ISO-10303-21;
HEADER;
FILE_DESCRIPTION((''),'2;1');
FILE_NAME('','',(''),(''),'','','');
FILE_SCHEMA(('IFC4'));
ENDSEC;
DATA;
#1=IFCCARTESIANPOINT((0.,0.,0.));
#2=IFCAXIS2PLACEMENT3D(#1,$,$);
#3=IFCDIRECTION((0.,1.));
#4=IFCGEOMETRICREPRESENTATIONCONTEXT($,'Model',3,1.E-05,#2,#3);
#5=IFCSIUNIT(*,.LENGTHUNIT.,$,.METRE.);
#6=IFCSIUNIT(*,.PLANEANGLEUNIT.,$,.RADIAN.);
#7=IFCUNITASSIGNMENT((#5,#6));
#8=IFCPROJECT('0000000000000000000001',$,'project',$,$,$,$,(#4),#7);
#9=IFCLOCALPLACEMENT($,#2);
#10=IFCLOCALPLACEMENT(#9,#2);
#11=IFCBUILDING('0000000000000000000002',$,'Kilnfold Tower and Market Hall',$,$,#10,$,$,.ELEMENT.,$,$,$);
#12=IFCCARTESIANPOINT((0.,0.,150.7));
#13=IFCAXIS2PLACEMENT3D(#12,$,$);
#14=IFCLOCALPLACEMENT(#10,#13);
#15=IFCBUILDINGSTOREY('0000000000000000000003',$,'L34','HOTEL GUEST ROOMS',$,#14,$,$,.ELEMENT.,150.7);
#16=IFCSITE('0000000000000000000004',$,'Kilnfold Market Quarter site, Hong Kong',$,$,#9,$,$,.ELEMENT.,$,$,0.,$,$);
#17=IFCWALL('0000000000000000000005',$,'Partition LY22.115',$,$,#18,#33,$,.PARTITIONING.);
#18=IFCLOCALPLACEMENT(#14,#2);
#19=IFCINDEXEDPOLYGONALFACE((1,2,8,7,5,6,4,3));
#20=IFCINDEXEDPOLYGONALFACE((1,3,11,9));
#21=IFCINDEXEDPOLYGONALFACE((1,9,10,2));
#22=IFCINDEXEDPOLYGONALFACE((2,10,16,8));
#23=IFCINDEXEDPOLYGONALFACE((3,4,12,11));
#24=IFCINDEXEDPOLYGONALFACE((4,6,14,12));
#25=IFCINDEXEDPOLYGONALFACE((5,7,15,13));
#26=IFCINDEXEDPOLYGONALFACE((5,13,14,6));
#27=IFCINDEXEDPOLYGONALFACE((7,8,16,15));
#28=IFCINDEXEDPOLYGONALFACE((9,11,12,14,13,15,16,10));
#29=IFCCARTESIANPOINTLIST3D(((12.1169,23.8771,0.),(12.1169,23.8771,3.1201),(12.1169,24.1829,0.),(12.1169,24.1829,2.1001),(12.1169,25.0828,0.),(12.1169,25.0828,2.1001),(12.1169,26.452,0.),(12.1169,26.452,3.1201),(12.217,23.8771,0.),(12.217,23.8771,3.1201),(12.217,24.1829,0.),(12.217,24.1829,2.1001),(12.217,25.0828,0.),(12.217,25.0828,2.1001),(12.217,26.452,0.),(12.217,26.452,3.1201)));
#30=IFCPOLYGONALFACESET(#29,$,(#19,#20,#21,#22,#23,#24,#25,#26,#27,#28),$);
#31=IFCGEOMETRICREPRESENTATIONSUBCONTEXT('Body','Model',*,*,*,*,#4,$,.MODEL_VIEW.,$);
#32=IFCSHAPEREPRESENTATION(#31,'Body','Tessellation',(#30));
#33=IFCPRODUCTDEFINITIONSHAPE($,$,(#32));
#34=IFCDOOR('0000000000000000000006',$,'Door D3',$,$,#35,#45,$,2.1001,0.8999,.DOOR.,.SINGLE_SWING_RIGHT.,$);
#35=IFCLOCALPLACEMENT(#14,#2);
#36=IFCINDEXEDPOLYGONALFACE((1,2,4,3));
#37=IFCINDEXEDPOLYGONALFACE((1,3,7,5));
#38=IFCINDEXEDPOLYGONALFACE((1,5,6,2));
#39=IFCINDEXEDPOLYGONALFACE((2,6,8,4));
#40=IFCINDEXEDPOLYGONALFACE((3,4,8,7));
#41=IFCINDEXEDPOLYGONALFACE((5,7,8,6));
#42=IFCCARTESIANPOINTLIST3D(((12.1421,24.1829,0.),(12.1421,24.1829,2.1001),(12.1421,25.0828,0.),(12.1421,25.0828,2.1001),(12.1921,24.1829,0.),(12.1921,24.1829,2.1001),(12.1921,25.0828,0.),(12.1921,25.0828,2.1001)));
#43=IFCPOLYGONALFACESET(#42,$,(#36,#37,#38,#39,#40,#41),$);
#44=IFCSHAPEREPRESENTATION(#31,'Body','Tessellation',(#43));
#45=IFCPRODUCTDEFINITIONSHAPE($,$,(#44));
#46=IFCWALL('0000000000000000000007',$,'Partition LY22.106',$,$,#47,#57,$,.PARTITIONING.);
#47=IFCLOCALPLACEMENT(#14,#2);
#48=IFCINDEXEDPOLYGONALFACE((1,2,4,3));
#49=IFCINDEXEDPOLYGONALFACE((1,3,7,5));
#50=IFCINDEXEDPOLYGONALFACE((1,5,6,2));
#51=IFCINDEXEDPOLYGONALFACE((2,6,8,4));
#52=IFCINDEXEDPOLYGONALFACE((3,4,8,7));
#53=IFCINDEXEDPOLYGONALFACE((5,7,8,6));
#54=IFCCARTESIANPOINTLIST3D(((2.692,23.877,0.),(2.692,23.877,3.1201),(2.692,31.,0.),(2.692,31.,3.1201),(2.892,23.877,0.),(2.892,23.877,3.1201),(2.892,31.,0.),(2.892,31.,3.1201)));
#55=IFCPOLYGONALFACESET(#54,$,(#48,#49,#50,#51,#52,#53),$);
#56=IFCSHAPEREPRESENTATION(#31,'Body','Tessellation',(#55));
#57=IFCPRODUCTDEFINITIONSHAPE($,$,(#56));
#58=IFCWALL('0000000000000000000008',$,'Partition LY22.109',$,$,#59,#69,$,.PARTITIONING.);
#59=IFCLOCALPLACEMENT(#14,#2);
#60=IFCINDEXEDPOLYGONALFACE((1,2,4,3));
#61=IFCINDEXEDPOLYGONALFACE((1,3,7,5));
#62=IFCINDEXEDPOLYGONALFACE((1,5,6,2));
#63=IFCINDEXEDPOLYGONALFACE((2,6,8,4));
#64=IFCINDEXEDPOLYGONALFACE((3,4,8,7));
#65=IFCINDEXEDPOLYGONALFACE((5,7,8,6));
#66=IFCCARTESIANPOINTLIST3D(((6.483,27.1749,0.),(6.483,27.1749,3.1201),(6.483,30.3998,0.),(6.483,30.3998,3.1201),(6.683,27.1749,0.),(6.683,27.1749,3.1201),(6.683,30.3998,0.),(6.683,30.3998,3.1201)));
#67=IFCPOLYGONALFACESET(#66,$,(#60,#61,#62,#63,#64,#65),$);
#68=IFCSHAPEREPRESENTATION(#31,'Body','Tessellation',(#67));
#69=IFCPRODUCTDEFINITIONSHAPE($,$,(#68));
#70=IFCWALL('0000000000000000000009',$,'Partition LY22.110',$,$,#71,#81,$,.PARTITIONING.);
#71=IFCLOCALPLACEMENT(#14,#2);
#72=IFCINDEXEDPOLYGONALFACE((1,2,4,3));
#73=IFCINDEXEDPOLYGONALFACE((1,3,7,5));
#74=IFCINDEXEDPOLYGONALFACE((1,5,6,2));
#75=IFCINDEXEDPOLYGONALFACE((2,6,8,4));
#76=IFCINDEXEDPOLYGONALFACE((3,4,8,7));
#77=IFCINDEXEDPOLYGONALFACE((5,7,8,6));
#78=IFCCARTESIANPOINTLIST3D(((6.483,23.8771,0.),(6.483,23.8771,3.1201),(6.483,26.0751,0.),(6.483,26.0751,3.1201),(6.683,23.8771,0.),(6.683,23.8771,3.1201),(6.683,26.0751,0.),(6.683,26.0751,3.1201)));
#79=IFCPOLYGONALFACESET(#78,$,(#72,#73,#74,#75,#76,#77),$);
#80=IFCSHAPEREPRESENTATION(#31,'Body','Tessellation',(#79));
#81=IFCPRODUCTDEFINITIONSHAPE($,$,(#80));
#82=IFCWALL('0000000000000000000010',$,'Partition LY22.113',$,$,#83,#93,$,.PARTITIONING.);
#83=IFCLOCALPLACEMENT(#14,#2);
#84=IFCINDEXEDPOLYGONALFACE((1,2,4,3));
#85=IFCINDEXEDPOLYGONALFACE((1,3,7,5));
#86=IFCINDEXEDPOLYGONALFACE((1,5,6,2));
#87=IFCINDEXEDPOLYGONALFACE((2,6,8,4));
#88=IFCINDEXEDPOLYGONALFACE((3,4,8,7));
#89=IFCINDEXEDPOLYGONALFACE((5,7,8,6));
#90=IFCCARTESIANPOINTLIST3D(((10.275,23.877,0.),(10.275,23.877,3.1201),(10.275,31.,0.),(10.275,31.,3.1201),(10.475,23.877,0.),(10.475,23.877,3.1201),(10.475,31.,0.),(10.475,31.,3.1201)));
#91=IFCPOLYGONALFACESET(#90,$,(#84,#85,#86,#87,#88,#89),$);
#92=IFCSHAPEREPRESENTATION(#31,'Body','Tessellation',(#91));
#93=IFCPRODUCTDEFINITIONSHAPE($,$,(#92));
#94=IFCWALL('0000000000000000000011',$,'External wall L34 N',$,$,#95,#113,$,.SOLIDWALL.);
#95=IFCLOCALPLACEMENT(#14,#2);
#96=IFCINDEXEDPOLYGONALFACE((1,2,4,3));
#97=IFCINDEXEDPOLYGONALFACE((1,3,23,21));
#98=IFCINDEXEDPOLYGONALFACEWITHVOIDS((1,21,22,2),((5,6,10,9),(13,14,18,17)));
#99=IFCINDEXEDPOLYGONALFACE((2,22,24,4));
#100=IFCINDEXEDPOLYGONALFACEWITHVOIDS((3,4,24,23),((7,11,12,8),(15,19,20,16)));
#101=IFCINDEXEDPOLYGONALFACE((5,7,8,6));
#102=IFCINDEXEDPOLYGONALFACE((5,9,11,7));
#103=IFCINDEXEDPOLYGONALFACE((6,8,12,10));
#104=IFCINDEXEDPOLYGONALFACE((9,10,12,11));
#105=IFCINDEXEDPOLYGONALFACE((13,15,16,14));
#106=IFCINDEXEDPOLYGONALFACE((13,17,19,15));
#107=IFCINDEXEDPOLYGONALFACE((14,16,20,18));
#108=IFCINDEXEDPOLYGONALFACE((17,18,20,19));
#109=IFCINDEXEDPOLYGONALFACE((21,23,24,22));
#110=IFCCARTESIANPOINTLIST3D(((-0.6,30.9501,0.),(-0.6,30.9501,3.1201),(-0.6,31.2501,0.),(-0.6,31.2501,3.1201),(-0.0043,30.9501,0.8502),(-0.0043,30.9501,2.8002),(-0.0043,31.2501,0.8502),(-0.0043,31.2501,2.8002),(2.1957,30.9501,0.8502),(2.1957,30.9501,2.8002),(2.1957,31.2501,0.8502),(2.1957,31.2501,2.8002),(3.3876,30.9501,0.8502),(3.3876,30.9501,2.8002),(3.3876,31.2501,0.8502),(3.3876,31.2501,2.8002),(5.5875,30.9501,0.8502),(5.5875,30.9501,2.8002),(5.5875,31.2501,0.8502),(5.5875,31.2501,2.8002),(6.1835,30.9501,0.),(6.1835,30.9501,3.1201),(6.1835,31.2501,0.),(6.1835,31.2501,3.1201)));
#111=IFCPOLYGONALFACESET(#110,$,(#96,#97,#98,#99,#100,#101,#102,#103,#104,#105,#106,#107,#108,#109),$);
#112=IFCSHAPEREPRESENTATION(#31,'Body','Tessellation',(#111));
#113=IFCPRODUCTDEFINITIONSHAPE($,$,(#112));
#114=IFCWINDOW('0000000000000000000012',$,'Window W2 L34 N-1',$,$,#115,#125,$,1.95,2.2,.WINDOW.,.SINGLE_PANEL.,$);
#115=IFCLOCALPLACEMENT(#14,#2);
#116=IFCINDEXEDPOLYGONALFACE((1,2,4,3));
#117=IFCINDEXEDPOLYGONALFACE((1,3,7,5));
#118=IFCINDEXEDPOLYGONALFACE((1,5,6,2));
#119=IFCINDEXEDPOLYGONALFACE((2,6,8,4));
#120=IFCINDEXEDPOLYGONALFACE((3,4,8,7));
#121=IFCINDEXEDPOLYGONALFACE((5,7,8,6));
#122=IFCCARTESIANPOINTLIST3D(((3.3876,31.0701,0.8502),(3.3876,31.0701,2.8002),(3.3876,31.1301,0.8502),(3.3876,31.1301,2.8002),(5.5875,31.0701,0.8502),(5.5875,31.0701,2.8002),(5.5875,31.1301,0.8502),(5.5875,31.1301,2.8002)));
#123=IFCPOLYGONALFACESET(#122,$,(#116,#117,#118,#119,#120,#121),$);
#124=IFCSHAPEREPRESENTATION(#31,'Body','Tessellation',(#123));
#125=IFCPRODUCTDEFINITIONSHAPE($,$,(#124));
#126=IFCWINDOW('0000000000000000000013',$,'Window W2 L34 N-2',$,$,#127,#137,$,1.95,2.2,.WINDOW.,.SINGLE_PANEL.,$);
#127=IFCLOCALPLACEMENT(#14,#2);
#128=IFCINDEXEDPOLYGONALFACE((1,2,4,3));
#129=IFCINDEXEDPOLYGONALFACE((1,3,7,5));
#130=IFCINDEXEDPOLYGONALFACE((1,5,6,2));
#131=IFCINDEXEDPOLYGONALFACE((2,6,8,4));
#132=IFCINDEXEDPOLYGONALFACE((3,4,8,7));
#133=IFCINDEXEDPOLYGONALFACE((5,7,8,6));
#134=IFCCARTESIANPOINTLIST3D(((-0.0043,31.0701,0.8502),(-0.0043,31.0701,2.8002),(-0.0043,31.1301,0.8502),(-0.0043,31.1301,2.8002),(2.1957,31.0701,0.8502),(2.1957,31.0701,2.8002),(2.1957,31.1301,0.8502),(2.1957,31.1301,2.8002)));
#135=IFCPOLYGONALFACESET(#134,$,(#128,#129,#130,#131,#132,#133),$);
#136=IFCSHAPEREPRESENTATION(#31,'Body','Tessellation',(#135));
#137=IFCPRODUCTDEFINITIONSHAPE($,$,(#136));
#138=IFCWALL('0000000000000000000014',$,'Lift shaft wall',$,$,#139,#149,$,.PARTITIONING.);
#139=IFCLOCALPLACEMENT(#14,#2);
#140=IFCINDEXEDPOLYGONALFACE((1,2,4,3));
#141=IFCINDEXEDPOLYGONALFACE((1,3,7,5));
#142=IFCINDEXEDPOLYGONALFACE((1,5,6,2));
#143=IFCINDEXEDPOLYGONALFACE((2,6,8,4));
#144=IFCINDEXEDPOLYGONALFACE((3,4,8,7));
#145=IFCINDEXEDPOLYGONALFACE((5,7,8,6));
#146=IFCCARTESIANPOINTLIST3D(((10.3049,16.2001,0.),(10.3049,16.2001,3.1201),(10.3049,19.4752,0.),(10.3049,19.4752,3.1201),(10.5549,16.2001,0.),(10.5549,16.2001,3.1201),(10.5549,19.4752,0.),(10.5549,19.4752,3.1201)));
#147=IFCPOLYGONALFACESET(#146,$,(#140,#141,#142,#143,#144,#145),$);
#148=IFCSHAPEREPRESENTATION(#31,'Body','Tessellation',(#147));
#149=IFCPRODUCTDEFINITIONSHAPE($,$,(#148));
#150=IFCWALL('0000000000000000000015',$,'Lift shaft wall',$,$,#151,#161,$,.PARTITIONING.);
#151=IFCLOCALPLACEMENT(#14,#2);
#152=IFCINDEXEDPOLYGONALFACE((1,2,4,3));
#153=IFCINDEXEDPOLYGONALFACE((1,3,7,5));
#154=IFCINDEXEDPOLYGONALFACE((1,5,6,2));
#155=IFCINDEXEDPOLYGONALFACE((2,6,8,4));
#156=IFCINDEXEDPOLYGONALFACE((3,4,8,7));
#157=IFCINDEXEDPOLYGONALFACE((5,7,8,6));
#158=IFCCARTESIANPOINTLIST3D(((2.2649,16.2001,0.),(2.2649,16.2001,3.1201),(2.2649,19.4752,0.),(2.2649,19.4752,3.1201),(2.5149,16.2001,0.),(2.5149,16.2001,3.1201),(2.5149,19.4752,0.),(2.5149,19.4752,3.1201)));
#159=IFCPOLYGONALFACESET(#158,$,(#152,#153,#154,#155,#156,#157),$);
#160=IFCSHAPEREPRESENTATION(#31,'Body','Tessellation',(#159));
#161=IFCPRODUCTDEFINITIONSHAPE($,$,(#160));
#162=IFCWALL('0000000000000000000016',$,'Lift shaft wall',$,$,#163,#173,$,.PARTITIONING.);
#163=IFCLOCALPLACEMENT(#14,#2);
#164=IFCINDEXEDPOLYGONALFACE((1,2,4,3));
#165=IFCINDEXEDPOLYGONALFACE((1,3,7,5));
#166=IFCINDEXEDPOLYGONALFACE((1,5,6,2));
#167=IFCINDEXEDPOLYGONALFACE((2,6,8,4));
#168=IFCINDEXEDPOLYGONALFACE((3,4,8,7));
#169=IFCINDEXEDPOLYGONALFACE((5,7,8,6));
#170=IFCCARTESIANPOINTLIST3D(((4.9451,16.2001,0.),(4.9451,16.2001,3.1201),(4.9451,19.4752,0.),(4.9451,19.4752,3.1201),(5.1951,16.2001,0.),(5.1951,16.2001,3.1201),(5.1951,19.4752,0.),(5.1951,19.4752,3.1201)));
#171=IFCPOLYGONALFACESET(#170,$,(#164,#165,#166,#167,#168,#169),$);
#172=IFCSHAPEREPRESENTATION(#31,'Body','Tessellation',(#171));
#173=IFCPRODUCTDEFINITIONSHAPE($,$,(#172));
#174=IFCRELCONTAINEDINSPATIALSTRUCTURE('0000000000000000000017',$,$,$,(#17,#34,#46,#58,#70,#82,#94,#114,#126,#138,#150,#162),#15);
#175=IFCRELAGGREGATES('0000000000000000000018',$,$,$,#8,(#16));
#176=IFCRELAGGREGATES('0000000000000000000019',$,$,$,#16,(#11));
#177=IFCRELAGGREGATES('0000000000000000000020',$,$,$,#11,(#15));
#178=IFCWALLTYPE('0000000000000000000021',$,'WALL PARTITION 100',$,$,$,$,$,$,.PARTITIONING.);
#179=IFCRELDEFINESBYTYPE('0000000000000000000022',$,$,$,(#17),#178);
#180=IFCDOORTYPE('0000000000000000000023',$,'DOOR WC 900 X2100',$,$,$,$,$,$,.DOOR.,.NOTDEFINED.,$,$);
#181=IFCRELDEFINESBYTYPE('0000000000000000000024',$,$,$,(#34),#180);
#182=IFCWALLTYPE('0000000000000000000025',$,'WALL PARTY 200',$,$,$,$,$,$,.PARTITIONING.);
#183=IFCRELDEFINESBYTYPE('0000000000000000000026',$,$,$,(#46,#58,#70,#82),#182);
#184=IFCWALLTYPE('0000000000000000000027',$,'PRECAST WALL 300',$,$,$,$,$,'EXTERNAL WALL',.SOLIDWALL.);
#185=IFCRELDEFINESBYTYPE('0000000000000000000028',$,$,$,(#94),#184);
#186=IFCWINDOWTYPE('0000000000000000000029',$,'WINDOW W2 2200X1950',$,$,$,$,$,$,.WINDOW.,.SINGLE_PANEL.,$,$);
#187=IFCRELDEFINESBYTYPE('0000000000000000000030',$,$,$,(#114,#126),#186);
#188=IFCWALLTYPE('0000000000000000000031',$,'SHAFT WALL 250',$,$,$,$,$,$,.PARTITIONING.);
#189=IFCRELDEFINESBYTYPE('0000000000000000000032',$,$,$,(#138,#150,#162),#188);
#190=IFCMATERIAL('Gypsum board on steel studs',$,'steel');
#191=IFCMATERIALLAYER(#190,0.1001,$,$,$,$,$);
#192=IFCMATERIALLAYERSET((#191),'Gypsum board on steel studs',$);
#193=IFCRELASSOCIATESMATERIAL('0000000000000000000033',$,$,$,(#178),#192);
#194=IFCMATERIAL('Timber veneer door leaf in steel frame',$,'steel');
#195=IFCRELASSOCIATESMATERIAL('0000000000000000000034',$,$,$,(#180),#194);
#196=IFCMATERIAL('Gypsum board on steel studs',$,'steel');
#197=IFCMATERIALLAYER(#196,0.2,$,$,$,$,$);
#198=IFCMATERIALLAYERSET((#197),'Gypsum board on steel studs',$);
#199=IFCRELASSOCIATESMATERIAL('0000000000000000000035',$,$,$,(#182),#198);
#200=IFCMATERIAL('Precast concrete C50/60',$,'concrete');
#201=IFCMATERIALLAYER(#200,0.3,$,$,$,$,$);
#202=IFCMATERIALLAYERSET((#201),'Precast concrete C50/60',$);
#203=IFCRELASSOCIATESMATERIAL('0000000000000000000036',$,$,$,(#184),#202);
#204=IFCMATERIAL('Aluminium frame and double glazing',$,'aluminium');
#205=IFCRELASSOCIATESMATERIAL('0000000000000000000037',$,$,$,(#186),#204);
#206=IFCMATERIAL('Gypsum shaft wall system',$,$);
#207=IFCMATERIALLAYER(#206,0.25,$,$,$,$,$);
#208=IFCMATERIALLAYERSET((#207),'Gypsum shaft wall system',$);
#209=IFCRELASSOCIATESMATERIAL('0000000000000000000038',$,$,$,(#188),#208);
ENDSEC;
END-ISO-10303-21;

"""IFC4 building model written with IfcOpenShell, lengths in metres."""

from ifc_helpers import new_model, si_unit, direction, frame, frame_2d, origin, place, context, subcontext, project, spatial, rectangle, extrude, source, transform, mapped, material, layer, layer_set, type_object, element, fill, save


model = new_model("IFC4")

# Units and contexts
model_context = context("Model", 3, precision=1e-05, world=origin(), true_north=direction((0.0, 1.0)))
body_context = subcontext(model_context, "Body", "Model", "MODEL_VIEW")
ifc_project = project(units=[si_unit("LENGTHUNIT", "METRE"), si_unit("PLANEANGLEUNIT", "RADIAN")], contexts=[model_context])

# Site, building, storey
site_placement = place(None, origin())
site = spatial("IfcSite", under=ifc_project, at=site_placement, Name="Kilnfold Market Quarter site, Hong Kong", CompositionType="ELEMENT", RefElevation=0.0)
building_placement = place(site_placement, origin())
building = spatial("IfcBuilding", under=site, at=building_placement, Name="Kilnfold Tower and Market Hall", CompositionType="ELEMENT")
storey_placement = place(building_placement, frame((0.0, 0.0, 150.7)))
storey = spatial("IfcBuildingStorey", under=building, at=storey_placement, Name="L34", Description="HOTEL GUEST ROOMS", CompositionType="ELEMENT", Elevation=150.7)

# Shared definitions
ifc_material_1 = material(Name="Gypsum board on steel studs", Category="steel")
ifc_layer_1 = layer(ifc_material_1, 0.1001)
ifc_layer_set_1 = layer_set([ifc_layer_1], Name="Gypsum board on steel studs")
wall_type_1 = type_object("IfcWallType", Name="WALL PARTITION 100", PredefinedType="PARTITIONING", material=ifc_layer_set_1)
ifc_material_2 = material(Name="Timber veneer door leaf in steel frame", Category="steel")
door_type = type_object("IfcDoorType", Name="DOOR WC 900 X2100", OperationType="NOTDEFINED", PredefinedType="DOOR", material=ifc_material_2)

# Wall, opening, door
wall_1_placement = place(storey_placement, frame((12.167, 23.877, 0.0), z_axis=(0.0, 0.0, 1.0), x_axis=(0.0, 1.0, 0.0)))
wall_1 = element("IfcWall", 1, at=wall_1_placement, inside=storey, type_object=wall_type_1, Name="Partition LY22.115", PredefinedType="PARTITIONING", context=body_context, shape_type="SweptSolid", body=[
    extrude(rectangle(XDim=2.575, YDim=0.1001, at=frame_2d((1.2876, 0.0))), origin(), (0.0, 0.0, 1.0), 3.1201),
])
opening_1_placement = place(wall_1_placement, frame((0.3059, 0.0, 0.0)))
opening_1 = element("IfcOpeningElement", 2, at=opening_1_placement, cuts=wall_1, PredefinedType="OPENING", context=body_context, shape_type="SweptSolid", body=[
    extrude(rectangle(XDim=0.8999, YDim=2.1001, at=frame_2d((0.45, 1.05))), frame((0.0, 0.0601, 0.0), z_axis=(0.0, -1.0, 0.0), x_axis=(1.0, 0.0, 0.0)), (0.0, 0.0, 1.0), 0.1201),
])
door_1_placement = place(opening_1_placement, origin())
door_1 = element("IfcDoor", 3, at=door_1_placement, inside=storey, type_object=door_type, Name="Door D3", OperationType="SINGLE_SWING_RIGHT", OverallHeight=2.1001, OverallWidth=0.8999, PredefinedType="DOOR", context=body_context, shape_type="SweptSolid", body=[
    extrude(rectangle(XDim=0.8999, YDim=2.1001, at=frame_2d((0.45, 1.05))), frame((0.0, 0.0249, 0.0), z_axis=(0.0, -1.0, 0.0), x_axis=(1.0, 0.0, 0.0)), (0.0, 0.0, 1.0), 0.05),
])
fill(opening_1, door_1)

# Walls
ifc_material_3 = material(Name="Gypsum board on steel studs", Category="steel")
ifc_layer_2 = layer(ifc_material_3, 0.2)
ifc_layer_set_2 = layer_set([ifc_layer_2], Name="Gypsum board on steel studs")
wall_type_2 = type_object("IfcWallType", Name="WALL PARTY 200", PredefinedType="PARTITIONING", material=ifc_layer_set_2)
wall_2_placement = place(storey_placement, frame((2.792, 23.877, 0.0), z_axis=(0.0, 0.0, 1.0), x_axis=(0.0, 1.0, 0.0)))
element("IfcWall", 4, at=wall_2_placement, inside=storey, type_object=wall_type_2, Name="Partition LY22.106", PredefinedType="PARTITIONING", context=body_context, shape_type="SweptSolid", body=[
    extrude(rectangle(XDim=7.123, YDim=0.2, at=frame_2d((3.5615, 0.0))), origin(), (0.0, 0.0, 1.0), 3.1201),
])
wall_3_placement = place(storey_placement, frame((6.583, 27.175, 0.0), z_axis=(0.0, 0.0, 1.0), x_axis=(0.0, 1.0, 0.0)))
element("IfcWall", 5, at=wall_3_placement, inside=storey, type_object=wall_type_2, Name="Partition LY22.109", PredefinedType="PARTITIONING", context=body_context, shape_type="SweptSolid", body=[
    extrude(rectangle(XDim=3.2249, YDim=0.2, at=frame_2d((1.6123, 0.0))), origin(), (0.0, 0.0, 1.0), 3.1201),
])
wall_4_placement = place(storey_placement, frame((6.583, 23.877, 0.0), z_axis=(0.0, 0.0, 1.0), x_axis=(0.0, 1.0, 0.0)))
element("IfcWall", 6, at=wall_4_placement, inside=storey, type_object=wall_type_2, Name="Partition LY22.110", PredefinedType="PARTITIONING", context=body_context, shape_type="SweptSolid", body=[
    extrude(rectangle(XDim=2.198, YDim=0.2, at=frame_2d((1.0991, 0.0))), origin(), (0.0, 0.0, 1.0), 3.1201),
])
wall_5_placement = place(storey_placement, frame((10.375, 23.877, 0.0), z_axis=(0.0, 0.0, 1.0), x_axis=(0.0, 1.0, 0.0)))
element("IfcWall", 7, at=wall_5_placement, inside=storey, type_object=wall_type_2, Name="Partition LY22.113", PredefinedType="PARTITIONING", context=body_context, shape_type="SweptSolid", body=[
    extrude(rectangle(XDim=7.123, YDim=0.2, at=frame_2d((3.5615, 0.0))), origin(), (0.0, 0.0, 1.0), 3.1201),
])

# Wall, openings, windows
ifc_material_4 = material(Name="Precast concrete C50/60", Category="concrete")
ifc_layer_3 = layer(ifc_material_4, 0.3)
ifc_layer_set_3 = layer_set([ifc_layer_3], Name="Precast concrete C50/60")
wall_type_3 = type_object("IfcWallType", Name="PRECAST WALL 300", ElementType="EXTERNAL WALL", PredefinedType="SOLIDWALL", material=ifc_layer_set_3)
shared_shape_1 = source(origin(), body_context, "Body", "SweptSolid", [
    extrude(rectangle(XDim=6.7834, YDim=0.3, at=frame_2d((3.3916, 0.0))), origin(), (0.0, 0.0, 1.0), 3.1201),
])
wall_6_placement = place(storey_placement, frame((6.1833, 31.1001, 0.0), z_axis=(0.0, 0.0, 1.0), x_axis=(-1.0, 0.0, 0.0)))
wall_6 = element("IfcWall", 8, at=wall_6_placement, inside=storey, type_object=wall_type_3, Name="External wall L34 N", PredefinedType="SOLIDWALL", context=body_context, shape_type="MappedRepresentation", body=[
    mapped(shared_shape_1, transform((0.0, 0.0, 0.0))),
])
opening_2_placement = place(wall_6_placement, frame((0.5957, 0.0, 0.8501)))
opening_2 = element("IfcOpeningElement", 9, at=opening_2_placement, cuts=wall_6, PredefinedType="OPENING", context=body_context, shape_type="SweptSolid", body=[
    extrude(rectangle(XDim=2.2, YDim=1.95, at=frame_2d((1.1001, 0.9751))), frame((0.0, 0.1602, 0.0), z_axis=(0.0, -1.0, 0.0), x_axis=(1.0, 0.0, 0.0)), (0.0, 0.0, 1.0), 0.3201),
])
opening_3_placement = place(wall_6_placement, frame((3.9875, 0.0, 0.8501)))
opening_3 = element("IfcOpeningElement", 10, at=opening_3_placement, cuts=wall_6, PredefinedType="OPENING", context=body_context, shape_type="SweptSolid", body=[
    extrude(rectangle(XDim=2.2, YDim=1.95, at=frame_2d((1.1001, 0.9751))), frame((0.0, 0.1602, 0.0), z_axis=(0.0, -1.0, 0.0), x_axis=(1.0, 0.0, 0.0)), (0.0, 0.0, 1.0), 0.3201),
])
ifc_material_5 = material(Name="Aluminium frame and double glazing", Category="aluminium")
window_type = type_object("IfcWindowType", Name="WINDOW W2 2200X1950", PartitioningType="SINGLE_PANEL", PredefinedType="WINDOW", material=ifc_material_5)
window_1_placement = place(opening_2_placement, origin())
window_1 = element("IfcWindow", 11, at=window_1_placement, inside=storey, type_object=window_type, Name="Window W2 L34 N-1", OverallHeight=1.95, OverallWidth=2.2, PartitioningType="SINGLE_PANEL", PredefinedType="WINDOW", context=body_context, shape_type="SweptSolid", body=[
    extrude(rectangle(XDim=2.2, YDim=1.95, at=frame_2d((1.1001, 0.9751))), frame((0.0, 0.03, 0.0), z_axis=(0.0, -1.0, 0.0), x_axis=(1.0, 0.0, 0.0)), (0.0, 0.0, 1.0), 0.0601),
])
fill(opening_2, window_1)
window_2_placement = place(opening_3_placement, origin())
window_2 = element("IfcWindow", 12, at=window_2_placement, inside=storey, type_object=window_type, Name="Window W2 L34 N-2", OverallHeight=1.95, OverallWidth=2.2, PartitioningType="SINGLE_PANEL", PredefinedType="WINDOW", context=body_context, shape_type="SweptSolid", body=[
    extrude(rectangle(XDim=2.2, YDim=1.95, at=frame_2d((1.1001, 0.9751))), frame((0.0, 0.03, 0.0), z_axis=(0.0, -1.0, 0.0), x_axis=(1.0, 0.0, 0.0)), (0.0, 0.0, 1.0), 0.0601),
])
fill(opening_3, window_2)

# Walls
ifc_material_6 = material(Name="Gypsum shaft wall system")
ifc_layer_4 = layer(ifc_material_6, 0.25)
ifc_layer_set_4 = layer_set([ifc_layer_4], Name="Gypsum shaft wall system")
wall_type_4 = type_object("IfcWallType", Name="SHAFT WALL 250", PredefinedType="PARTITIONING", material=ifc_layer_set_4)
shared_shape_2 = source(origin(), body_context, "Body", "SweptSolid", [
    extrude(rectangle(XDim=3.2751, YDim=0.25, at=frame_2d((1.6377, 0.0))), origin(), (0.0, 0.0, 1.0), 3.1201),
])
for number, where, z_axis, x_axis, name in (
    (13, (10.4299, 16.2, 0.0), (0.0, 0.0, 1.0), (0.0, 1.0, 0.0), "Lift shaft wall"),
    (14, (2.3899, 16.2, 0.0), (0.0, 0.0, 1.0), (0.0, 1.0, 0.0), "Lift shaft wall"),
    (15, (5.0701, 16.2, 0.0), (0.0, 0.0, 1.0), (0.0, 1.0, 0.0), "Lift shaft wall"),
):
    element("IfcWall", number, at=place(storey_placement, frame(where, z_axis=z_axis, x_axis=x_axis)), inside=storey, type_object=wall_type_4, Name=name, PredefinedType="PARTITIONING", context=body_context, shape_type="MappedRepresentation", body=[
        mapped(shared_shape_2, transform((0.0, 0.0, 0.0))),
    ])

save(model, "model.ifc")
